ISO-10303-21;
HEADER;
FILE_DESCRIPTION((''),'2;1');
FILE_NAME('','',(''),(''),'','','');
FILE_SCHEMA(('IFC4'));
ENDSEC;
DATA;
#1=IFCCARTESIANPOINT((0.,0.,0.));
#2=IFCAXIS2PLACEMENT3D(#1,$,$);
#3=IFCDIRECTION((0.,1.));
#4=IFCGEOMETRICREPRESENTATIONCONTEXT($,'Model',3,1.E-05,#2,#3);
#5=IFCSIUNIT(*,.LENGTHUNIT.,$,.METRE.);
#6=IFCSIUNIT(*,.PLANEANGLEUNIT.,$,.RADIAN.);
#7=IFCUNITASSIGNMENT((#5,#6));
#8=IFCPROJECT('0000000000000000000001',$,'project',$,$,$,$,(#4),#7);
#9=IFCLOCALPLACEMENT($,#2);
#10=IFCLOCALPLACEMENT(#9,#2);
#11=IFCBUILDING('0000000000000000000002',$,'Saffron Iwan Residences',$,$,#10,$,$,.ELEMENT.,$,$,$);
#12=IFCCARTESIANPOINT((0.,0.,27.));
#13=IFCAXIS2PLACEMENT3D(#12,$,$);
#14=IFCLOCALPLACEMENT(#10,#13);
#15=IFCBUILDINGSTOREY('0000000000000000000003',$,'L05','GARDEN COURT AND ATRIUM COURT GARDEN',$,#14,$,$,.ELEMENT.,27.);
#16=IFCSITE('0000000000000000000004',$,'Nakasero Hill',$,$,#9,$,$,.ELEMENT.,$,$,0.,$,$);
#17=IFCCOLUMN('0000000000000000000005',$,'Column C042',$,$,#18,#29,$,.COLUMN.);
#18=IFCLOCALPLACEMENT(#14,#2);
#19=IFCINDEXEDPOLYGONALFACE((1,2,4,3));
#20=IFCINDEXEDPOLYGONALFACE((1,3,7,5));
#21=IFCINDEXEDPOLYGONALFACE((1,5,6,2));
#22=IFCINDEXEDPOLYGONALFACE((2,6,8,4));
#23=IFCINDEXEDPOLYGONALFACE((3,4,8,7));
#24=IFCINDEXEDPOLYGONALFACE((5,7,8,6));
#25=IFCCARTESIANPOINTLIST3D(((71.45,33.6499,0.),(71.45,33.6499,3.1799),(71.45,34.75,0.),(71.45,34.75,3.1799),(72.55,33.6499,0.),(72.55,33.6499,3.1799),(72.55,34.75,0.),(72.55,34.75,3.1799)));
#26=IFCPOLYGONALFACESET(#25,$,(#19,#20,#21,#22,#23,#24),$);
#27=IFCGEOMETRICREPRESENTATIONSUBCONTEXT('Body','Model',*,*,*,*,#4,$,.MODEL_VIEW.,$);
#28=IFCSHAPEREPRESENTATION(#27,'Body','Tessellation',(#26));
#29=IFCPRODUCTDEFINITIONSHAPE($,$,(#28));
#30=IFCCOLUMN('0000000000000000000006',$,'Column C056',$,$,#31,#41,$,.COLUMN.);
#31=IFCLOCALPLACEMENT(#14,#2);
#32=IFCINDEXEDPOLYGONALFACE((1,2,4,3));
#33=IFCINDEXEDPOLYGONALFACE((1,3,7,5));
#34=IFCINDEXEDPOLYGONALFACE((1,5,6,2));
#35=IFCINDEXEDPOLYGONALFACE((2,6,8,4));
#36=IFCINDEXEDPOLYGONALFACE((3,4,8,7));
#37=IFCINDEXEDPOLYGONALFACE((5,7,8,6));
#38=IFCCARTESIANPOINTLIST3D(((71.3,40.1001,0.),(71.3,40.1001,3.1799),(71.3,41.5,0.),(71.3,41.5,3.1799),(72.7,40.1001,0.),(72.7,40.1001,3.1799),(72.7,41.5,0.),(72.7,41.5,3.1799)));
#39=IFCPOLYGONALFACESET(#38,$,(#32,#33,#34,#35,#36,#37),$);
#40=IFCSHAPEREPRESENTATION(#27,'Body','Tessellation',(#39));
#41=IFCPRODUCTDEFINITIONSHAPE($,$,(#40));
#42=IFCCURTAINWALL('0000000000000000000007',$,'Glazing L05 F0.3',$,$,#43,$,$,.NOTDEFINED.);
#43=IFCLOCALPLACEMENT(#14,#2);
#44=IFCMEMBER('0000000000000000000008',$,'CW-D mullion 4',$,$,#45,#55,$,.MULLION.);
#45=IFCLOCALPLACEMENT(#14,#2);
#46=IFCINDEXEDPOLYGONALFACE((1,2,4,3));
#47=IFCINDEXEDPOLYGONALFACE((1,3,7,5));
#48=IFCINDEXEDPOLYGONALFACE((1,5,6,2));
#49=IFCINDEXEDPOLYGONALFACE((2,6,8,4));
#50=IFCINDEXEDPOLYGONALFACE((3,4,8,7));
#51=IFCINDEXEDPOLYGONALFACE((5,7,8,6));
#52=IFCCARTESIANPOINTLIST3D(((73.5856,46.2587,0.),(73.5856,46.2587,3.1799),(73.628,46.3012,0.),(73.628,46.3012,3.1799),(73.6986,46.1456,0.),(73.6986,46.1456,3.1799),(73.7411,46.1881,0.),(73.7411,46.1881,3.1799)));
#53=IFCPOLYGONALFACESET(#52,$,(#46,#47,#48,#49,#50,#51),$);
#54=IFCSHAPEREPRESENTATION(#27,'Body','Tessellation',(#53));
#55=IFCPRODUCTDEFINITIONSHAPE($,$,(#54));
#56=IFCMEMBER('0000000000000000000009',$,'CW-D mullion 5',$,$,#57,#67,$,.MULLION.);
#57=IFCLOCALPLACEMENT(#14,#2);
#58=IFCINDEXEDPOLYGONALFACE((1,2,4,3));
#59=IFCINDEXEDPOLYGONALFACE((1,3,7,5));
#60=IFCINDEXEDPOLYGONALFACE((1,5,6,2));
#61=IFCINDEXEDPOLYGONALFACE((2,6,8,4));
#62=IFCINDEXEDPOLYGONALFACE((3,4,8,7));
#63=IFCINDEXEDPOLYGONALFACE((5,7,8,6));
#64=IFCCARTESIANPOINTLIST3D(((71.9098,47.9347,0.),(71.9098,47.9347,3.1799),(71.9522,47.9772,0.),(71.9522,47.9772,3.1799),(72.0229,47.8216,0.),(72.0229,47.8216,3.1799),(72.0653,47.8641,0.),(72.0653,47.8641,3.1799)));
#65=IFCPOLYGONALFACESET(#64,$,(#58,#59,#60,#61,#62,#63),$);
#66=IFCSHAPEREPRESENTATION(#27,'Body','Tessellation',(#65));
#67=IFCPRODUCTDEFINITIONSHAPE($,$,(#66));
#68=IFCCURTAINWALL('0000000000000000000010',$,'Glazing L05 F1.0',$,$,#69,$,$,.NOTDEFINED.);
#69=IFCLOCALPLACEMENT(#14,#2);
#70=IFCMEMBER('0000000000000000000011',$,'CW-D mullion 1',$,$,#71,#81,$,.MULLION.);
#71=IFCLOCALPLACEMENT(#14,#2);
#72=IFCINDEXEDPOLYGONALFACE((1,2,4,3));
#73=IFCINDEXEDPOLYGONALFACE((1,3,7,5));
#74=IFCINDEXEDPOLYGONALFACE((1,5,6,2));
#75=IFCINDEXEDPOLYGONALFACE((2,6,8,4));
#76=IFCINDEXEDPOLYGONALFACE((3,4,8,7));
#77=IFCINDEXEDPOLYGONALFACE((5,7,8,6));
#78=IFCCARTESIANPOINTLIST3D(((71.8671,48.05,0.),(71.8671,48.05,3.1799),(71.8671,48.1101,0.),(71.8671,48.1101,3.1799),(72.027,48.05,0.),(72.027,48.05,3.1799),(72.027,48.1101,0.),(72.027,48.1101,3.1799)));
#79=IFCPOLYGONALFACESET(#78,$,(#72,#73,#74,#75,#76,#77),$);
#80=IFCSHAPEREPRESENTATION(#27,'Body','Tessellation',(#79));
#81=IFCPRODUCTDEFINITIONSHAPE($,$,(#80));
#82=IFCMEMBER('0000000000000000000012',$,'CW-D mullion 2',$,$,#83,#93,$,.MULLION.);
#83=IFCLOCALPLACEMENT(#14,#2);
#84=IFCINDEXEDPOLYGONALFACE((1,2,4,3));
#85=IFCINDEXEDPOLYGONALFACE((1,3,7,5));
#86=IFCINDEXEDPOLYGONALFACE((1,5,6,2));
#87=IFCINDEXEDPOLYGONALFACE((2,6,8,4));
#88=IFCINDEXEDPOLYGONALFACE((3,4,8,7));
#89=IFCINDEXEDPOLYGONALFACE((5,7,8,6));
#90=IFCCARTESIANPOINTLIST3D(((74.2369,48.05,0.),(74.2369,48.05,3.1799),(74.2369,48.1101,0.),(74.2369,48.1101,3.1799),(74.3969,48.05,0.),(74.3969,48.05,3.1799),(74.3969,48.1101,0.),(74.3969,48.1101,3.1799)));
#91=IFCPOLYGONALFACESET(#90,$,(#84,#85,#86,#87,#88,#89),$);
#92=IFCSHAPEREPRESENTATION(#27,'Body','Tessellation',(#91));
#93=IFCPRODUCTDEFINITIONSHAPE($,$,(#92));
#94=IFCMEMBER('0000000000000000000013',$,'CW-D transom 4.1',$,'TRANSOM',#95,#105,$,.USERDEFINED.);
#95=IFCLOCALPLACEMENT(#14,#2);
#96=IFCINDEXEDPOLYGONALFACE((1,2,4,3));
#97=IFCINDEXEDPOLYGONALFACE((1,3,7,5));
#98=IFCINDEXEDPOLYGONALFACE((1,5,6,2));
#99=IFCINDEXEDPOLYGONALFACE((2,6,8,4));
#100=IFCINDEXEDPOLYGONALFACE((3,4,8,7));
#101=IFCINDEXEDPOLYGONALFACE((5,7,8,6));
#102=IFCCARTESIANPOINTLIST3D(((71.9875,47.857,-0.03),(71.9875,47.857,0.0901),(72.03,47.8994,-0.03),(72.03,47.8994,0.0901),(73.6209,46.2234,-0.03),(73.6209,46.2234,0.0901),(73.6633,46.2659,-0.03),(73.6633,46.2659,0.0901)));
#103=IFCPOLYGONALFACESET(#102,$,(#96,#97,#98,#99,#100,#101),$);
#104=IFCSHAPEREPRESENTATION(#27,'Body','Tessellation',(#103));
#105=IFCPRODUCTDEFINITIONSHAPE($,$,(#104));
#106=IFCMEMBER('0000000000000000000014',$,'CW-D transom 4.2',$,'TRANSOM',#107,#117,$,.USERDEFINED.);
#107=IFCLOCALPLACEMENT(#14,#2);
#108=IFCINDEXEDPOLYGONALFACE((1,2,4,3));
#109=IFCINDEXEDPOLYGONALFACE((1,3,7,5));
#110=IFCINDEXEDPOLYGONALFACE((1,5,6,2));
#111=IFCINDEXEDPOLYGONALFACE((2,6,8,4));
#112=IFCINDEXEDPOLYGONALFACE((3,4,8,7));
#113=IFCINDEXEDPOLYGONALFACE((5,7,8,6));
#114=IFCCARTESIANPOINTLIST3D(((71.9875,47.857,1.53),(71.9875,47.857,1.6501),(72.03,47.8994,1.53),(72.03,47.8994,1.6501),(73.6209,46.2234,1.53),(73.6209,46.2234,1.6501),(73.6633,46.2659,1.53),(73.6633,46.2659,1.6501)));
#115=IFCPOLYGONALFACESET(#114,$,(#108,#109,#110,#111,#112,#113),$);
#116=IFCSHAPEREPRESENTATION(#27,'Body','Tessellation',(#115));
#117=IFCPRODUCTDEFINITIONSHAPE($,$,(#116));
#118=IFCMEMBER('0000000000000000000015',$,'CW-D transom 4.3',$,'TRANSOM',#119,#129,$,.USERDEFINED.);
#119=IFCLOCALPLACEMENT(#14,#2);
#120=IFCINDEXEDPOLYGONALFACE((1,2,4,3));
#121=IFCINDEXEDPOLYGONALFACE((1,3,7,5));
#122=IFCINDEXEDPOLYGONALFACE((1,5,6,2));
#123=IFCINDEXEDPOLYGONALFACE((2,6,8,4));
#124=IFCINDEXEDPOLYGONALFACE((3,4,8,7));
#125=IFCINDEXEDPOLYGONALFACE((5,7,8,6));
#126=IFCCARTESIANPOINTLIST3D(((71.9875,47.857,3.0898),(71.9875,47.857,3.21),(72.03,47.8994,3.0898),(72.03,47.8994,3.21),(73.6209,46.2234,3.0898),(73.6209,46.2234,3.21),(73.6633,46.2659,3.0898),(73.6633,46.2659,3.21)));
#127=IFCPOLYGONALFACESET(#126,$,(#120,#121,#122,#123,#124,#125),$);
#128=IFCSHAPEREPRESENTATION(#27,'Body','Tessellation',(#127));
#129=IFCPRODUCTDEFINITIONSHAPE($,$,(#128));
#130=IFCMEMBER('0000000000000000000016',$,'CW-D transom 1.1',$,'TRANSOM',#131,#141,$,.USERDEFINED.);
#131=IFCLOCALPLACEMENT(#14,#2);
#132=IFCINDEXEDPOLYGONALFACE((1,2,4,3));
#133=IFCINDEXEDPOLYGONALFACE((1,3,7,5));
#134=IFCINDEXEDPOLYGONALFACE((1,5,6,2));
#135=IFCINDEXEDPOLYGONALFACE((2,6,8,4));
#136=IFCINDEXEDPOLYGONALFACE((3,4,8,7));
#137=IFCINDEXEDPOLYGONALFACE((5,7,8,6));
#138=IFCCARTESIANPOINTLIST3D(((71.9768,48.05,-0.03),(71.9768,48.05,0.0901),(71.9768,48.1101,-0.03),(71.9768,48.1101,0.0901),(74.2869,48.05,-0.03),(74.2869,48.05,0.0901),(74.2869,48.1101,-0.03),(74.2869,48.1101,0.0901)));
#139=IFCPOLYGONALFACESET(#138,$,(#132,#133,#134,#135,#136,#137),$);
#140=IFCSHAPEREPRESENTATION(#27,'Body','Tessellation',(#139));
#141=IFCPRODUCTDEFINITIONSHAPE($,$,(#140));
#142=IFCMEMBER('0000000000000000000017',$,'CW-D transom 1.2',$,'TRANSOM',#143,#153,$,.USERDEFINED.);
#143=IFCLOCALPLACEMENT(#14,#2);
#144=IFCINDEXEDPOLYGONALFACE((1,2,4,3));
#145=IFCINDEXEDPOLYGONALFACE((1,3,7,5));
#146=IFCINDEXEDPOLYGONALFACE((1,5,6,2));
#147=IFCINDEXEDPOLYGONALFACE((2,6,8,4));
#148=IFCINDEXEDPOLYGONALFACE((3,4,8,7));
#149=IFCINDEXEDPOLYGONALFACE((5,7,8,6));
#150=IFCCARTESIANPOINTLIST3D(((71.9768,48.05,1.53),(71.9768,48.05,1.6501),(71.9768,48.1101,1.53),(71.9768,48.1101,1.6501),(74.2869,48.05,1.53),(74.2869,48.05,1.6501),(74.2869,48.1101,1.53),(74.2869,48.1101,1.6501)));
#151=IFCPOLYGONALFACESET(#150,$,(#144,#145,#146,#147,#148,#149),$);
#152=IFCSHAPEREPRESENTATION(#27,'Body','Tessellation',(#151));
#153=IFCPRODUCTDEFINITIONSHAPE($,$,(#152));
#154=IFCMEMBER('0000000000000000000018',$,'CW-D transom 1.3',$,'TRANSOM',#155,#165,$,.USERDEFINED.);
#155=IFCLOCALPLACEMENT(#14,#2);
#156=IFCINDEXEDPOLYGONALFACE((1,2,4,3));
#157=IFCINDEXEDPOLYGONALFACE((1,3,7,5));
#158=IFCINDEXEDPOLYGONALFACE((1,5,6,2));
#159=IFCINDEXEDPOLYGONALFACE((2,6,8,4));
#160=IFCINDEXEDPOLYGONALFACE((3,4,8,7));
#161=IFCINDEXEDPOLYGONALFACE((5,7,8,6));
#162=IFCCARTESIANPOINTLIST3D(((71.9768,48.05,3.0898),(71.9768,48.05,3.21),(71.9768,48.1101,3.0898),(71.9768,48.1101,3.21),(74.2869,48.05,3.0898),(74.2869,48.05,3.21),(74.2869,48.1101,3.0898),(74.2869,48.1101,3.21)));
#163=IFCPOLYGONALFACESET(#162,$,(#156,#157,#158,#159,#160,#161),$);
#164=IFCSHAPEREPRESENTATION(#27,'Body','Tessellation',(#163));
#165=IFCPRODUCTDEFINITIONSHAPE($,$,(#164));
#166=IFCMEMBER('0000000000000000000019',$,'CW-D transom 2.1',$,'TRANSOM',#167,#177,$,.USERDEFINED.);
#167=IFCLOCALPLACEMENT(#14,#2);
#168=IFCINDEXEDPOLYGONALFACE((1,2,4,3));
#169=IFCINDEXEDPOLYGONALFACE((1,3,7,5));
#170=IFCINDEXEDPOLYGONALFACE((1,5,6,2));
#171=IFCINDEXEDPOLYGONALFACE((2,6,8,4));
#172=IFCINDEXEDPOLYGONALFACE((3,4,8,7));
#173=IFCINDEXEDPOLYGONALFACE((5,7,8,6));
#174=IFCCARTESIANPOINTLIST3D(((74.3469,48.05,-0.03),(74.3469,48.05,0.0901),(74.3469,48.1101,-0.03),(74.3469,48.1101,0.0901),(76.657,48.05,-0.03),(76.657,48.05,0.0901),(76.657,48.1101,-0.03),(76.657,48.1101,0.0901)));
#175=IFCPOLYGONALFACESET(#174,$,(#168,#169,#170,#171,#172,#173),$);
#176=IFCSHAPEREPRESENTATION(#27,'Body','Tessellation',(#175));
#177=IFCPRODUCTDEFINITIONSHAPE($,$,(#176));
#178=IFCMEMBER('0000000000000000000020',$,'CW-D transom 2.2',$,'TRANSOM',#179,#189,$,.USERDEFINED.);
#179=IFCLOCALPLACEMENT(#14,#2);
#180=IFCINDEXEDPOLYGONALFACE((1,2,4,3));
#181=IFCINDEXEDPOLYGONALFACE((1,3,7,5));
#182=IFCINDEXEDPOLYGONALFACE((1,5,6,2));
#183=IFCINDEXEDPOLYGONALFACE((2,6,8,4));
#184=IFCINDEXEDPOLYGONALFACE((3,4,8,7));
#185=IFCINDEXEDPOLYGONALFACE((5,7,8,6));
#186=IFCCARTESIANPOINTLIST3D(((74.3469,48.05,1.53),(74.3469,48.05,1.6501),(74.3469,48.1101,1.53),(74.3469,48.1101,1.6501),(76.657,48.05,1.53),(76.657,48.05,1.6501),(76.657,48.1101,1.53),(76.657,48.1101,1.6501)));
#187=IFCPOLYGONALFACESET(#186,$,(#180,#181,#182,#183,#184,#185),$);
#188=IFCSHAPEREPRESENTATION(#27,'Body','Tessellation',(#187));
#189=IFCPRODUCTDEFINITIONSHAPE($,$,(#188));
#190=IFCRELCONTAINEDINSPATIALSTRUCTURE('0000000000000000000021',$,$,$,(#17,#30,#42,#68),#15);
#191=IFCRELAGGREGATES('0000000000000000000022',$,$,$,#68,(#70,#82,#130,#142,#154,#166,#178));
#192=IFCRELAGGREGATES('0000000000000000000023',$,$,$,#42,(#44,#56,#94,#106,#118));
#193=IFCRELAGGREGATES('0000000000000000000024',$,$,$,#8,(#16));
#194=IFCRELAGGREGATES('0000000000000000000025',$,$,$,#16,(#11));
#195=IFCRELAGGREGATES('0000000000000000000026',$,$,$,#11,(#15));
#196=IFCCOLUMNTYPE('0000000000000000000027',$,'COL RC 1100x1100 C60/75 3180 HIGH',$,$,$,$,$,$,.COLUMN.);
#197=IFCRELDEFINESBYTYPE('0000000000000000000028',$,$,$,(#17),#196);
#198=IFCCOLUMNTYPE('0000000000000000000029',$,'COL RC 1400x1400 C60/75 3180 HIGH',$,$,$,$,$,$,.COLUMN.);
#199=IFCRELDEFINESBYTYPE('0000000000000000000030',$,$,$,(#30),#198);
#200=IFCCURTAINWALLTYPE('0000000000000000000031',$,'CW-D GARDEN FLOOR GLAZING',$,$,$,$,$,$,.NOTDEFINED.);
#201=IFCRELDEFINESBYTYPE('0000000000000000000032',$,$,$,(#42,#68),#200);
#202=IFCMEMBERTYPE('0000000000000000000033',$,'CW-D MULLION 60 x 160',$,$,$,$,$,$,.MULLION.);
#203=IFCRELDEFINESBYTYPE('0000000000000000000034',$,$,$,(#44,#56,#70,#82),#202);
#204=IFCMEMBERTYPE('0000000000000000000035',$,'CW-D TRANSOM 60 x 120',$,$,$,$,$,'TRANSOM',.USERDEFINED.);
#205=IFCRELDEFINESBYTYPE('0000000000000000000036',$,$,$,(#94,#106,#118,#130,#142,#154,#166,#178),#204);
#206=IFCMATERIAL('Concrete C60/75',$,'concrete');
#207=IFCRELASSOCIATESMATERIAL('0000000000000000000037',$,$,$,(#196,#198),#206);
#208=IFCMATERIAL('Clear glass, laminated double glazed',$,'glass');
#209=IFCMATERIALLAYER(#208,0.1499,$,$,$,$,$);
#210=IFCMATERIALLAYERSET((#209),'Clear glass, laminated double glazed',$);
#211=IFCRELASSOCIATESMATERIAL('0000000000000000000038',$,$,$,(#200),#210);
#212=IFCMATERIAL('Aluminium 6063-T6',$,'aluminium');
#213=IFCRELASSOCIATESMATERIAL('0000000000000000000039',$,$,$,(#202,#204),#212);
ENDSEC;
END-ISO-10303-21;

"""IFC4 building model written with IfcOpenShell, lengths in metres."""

from ifc_helpers import new_model, si_unit, direction, frame, origin, origin_2d, place, context, subcontext, project, spatial, rectangle, extrude, source, transform, mapped, material, layer, layer_set, material_profile, profile_set, type_object, element, aggregate, save


model = new_model("IFC4")

# Units and contexts
model_context = context("Model", 3, precision=1e-05, world=origin(), true_north=direction((0.0, 1.0)))
body_context = subcontext(model_context, "Body", "Model", "MODEL_VIEW")
ifc_project = project(units=[si_unit("LENGTHUNIT", "METRE"), si_unit("PLANEANGLEUNIT", "RADIAN")], contexts=[model_context])

# Site, building, storey
site_placement = place(None, origin())
site = spatial("IfcSite", under=ifc_project, at=site_placement, Name="Nakasero Hill", CompositionType="ELEMENT", RefElevation=0.0)
building_placement = place(site_placement, origin())
building = spatial("IfcBuilding", under=site, at=building_placement, Name="Saffron Iwan Residences", CompositionType="ELEMENT")
storey_placement = place(building_placement, frame((0.0, 0.0, 27.0)))
storey = spatial("IfcBuildingStorey", under=building, at=storey_placement, Name="L05", Description="GARDEN COURT AND ATRIUM COURT GARDEN", CompositionType="ELEMENT", Elevation=27.0)

# Columns
ifc_material_1 = material(Name="Concrete C60/75", Category="concrete")
ifc_material_profile_1 = material_profile(ifc_material_1, rectangle(XDim=1.1001, YDim=1.1001, at=origin_2d()), Name="RC 1100x1100")
ifc_profile_set_1 = profile_set([ifc_material_profile_1], Name="Concrete C60/75")
column_type_1 = type_object("IfcColumnType", Name="COL RC 1100x1100 C60/75 3180 HIGH", PredefinedType="COLUMN", material=ifc_profile_set_1)
shared_shape_1 = source(origin(), body_context, "Body", "SweptSolid", [
    extrude(rectangle(XDim=1.1001, YDim=1.1001, at=origin_2d()), origin(), (0.0, 0.0, 1.0), 3.1799),
])
column_1_placement = place(storey_placement, frame((72.0, 34.2, 0.0), z_axis=(0.0, 0.0, 1.0), x_axis=(1.0, 0.0, 0.0)))
element("IfcColumn", 1, at=column_1_placement, inside=storey, type_object=column_type_1, Name="Column C042", PredefinedType="COLUMN", context=body_context, shape_type="MappedRepresentation", body=[
    mapped(shared_shape_1, transform((0.0, 0.0, 0.0))),
])
ifc_material_profile_2 = material_profile(ifc_material_1, rectangle(XDim=1.3999, YDim=1.3999, at=origin_2d()), Name="RC 1400x1400")
ifc_profile_set_2 = profile_set([ifc_material_profile_2], Name="Concrete C60/75")
column_type_2 = type_object("IfcColumnType", Name="COL RC 1400x1400 C60/75 3180 HIGH", PredefinedType="COLUMN", material=ifc_profile_set_2)
shared_shape_2 = source(origin(), body_context, "Body", "SweptSolid", [
    extrude(rectangle(XDim=1.3999, YDim=1.3999, at=origin_2d()), origin(), (0.0, 0.0, 1.0), 3.1799),
])
column_2_placement = place(storey_placement, frame((72.0, 40.8, 0.0), z_axis=(0.0, 0.0, 1.0), x_axis=(1.0, 0.0, 0.0)))
element("IfcColumn", 2, at=column_2_placement, inside=storey, type_object=column_type_2, Name="Column C056", PredefinedType="COLUMN", context=body_context, shape_type="MappedRepresentation", body=[
    mapped(shared_shape_2, transform((0.0, 0.0, 0.0))),
])

# Curtain walls, members
ifc_material_2 = material(Name="Clear glass, laminated double glazed", Category="glass")
ifc_layer_1 = layer(ifc_material_2, 0.1499)
ifc_layer_set_1 = layer_set([ifc_layer_1], Name="Clear glass, laminated double glazed")
curtain_wall_type = type_object("IfcCurtainWallType", Name="CW-D GARDEN FLOOR GLAZING", PredefinedType="NOTDEFINED", material=ifc_layer_set_1)
curtain_wall_1_placement = place(storey_placement, origin())
curtain_wall_1 = element("IfcCurtainWall", 3, at=curtain_wall_1_placement, inside=storey, type_object=curtain_wall_type, Name="Glazing L05 F0.3", PredefinedType="NOTDEFINED")
ifc_material_3 = material(Name="Aluminium 6063-T6", Category="aluminium")
ifc_material_profile_3 = material_profile(ifc_material_3, rectangle(XDim=0.0601, YDim=0.1599, at=origin_2d()), Name="CW-D MULLION 60 x 160")
ifc_profile_set_3 = profile_set([ifc_material_profile_3], Name="Aluminium 6063-T6")
member_type_1 = type_object("IfcMemberType", Name="CW-D MULLION 60 x 160", PredefinedType="MULLION", material=ifc_profile_set_3)
shared_shape_3 = source(origin(), body_context, "Body", "SweptSolid", [
    extrude(rectangle(XDim=0.0601, YDim=0.1599, at=origin_2d()), origin(), (0.0, 0.0, 1.0), 3.1799),
])
member_1_placement = place(storey_placement, frame((73.6633, 46.2234, 0.0), z_axis=(0.0, 0.0, 1.0), x_axis=(-0.707107, -0.707107, 0.0)))
member_1 = element("IfcMember", 4, at=member_1_placement, type_object=member_type_1, Name="CW-D mullion 4", PredefinedType="MULLION", context=body_context, shape_type="MappedRepresentation", body=[
    mapped(shared_shape_3, transform((0.0, 0.0, 0.0))),
])
member_2_placement = place(storey_placement, frame((71.9875, 47.8994, 0.0), z_axis=(0.0, 0.0, 1.0), x_axis=(-0.707107, -0.707107, 0.0)))
member_2 = element("IfcMember", 5, at=member_2_placement, type_object=member_type_1, Name="CW-D mullion 5", PredefinedType="MULLION", context=body_context, shape_type="MappedRepresentation", body=[
    mapped(shared_shape_3, transform((0.0, 0.0, 0.0))),
])
curtain_wall_2_placement = place(storey_placement, origin())
curtain_wall_2 = element("IfcCurtainWall", 6, at=curtain_wall_2_placement, inside=storey, type_object=curtain_wall_type, Name="Glazing L05 F1.0", PredefinedType="NOTDEFINED")
member_3_placement = place(storey_placement, frame((71.947, 48.0801, 0.0), z_axis=(0.0, 0.0, 1.0), x_axis=(0.0, 1.0, 0.0)))
member_3 = element("IfcMember", 7, at=member_3_placement, type_object=member_type_1, Name="CW-D mullion 1", PredefinedType="MULLION", context=body_context, shape_type="MappedRepresentation", body=[
    mapped(shared_shape_3, transform((0.0, 0.0, 0.0))),
])
member_4_placement = place(storey_placement, frame((74.3169, 48.0801, 0.0), z_axis=(0.0, 0.0, 1.0), x_axis=(0.0, 1.0, 0.0)))
member_4 = element("IfcMember", 8, at=member_4_placement, type_object=member_type_1, Name="CW-D mullion 2", PredefinedType="MULLION", context=body_context, shape_type="MappedRepresentation", body=[
    mapped(shared_shape_3, transform((0.0, 0.0, 0.0))),
])

# Members
ifc_material_profile_4 = material_profile(ifc_material_3, rectangle(XDim=0.0601, YDim=0.1201, at=origin_2d()), Name="CW-D TRANSOM 60 x 120")
ifc_profile_set_4 = profile_set([ifc_material_profile_4], Name="Aluminium 6063-T6")
member_type_2 = type_object("IfcMemberType", Name="CW-D TRANSOM 60 x 120", ElementType="TRANSOM", PredefinedType="USERDEFINED", material=ifc_profile_set_4)
shared_shape_4 = source(origin(), body_context, "Body", "SweptSolid", [
    extrude(rectangle(XDim=0.0601, YDim=0.1201, at=origin_2d()), origin(), (0.0, 0.0, 1.0), 2.3101),
])
member_5_placement = place(storey_placement, frame((73.6421, 46.2446, 0.03), z_axis=(-0.707054, 0.70716, 0.0), x_axis=(-0.70716, -0.707054, 0.0)))
member_5 = element("IfcMember", 9, at=member_5_placement, type_object=member_type_2, Name="CW-D transom 4.1", ObjectType="TRANSOM", PredefinedType="USERDEFINED", context=body_context, shape_type="MappedRepresentation", body=[
    mapped(shared_shape_4, transform((0.0, 0.0, 0.0))),
])
member_6_placement = place(storey_placement, frame((73.6421, 46.2446, 1.5901), z_axis=(-0.707054, 0.70716, 0.0), x_axis=(-0.70716, -0.707054, 0.0)))
member_6 = element("IfcMember", 10, at=member_6_placement, type_object=member_type_2, Name="CW-D transom 4.2", ObjectType="TRANSOM", PredefinedType="USERDEFINED", context=body_context, shape_type="MappedRepresentation", body=[
    mapped(shared_shape_4, transform((0.0, 0.0, 0.0))),
])
member_7_placement = place(storey_placement, frame((73.6421, 46.2446, 3.1499), z_axis=(-0.707054, 0.70716, 0.0), x_axis=(-0.70716, -0.707054, 0.0)))
member_7 = element("IfcMember", 11, at=member_7_placement, type_object=member_type_2, Name="CW-D transom 4.3", ObjectType="TRANSOM", PredefinedType="USERDEFINED", context=body_context, shape_type="MappedRepresentation", body=[
    mapped(shared_shape_4, transform((0.0, 0.0, 0.0))),
])
member_8_placement = place(storey_placement, frame((71.9768, 48.0801, 0.03), z_axis=(1.0, 0.0, 0.0), x_axis=(0.0, 1.0, 0.0)))
member_8 = element("IfcMember", 12, at=member_8_placement, type_object=member_type_2, Name="CW-D transom 1.1", ObjectType="TRANSOM", PredefinedType="USERDEFINED", context=body_context, shape_type="MappedRepresentation", body=[
    mapped(shared_shape_4, transform((0.0, 0.0, 0.0))),
])
member_9_placement = place(storey_placement, frame((71.9768, 48.0801, 1.5901), z_axis=(1.0, 0.0, 0.0), x_axis=(0.0, 1.0, 0.0)))
member_9 = element("IfcMember", 13, at=member_9_placement, type_object=member_type_2, Name="CW-D transom 1.2", ObjectType="TRANSOM", PredefinedType="USERDEFINED", context=body_context, shape_type="MappedRepresentation", body=[
    mapped(shared_shape_4, transform((0.0, 0.0, 0.0))),
])
member_10_placement = place(storey_placement, frame((71.9768, 48.0801, 3.1499), z_axis=(1.0, 0.0, 0.0), x_axis=(0.0, 1.0, 0.0)))
member_10 = element("IfcMember", 14, at=member_10_placement, type_object=member_type_2, Name="CW-D transom 1.3", ObjectType="TRANSOM", PredefinedType="USERDEFINED", context=body_context, shape_type="MappedRepresentation", body=[
    mapped(shared_shape_4, transform((0.0, 0.0, 0.0))),
])
member_11_placement = place(storey_placement, frame((74.3469, 48.0801, 0.03), z_axis=(1.0, 0.0, 0.0), x_axis=(0.0, 1.0, 0.0)))
member_11 = element("IfcMember", 15, at=member_11_placement, type_object=member_type_2, Name="CW-D transom 2.1", ObjectType="TRANSOM", PredefinedType="USERDEFINED", context=body_context, shape_type="MappedRepresentation", body=[
    mapped(shared_shape_4, transform((0.0, 0.0, 0.0))),
])
member_12_placement = place(storey_placement, frame((74.3469, 48.0801, 1.5901), z_axis=(1.0, 0.0, 0.0), x_axis=(0.0, 1.0, 0.0)))
member_12 = element("IfcMember", 16, at=member_12_placement, type_object=member_type_2, Name="CW-D transom 2.2", ObjectType="TRANSOM", PredefinedType="USERDEFINED", context=body_context, shape_type="MappedRepresentation", body=[
    mapped(shared_shape_4, transform((0.0, 0.0, 0.0))),
])

aggregate(curtain_wall_2, [member_3, member_4, member_8, member_9, member_10, member_11, member_12])
aggregate(curtain_wall_1, [member_1, member_2, member_5, member_6, member_7])

save(model, "model.ifc")
